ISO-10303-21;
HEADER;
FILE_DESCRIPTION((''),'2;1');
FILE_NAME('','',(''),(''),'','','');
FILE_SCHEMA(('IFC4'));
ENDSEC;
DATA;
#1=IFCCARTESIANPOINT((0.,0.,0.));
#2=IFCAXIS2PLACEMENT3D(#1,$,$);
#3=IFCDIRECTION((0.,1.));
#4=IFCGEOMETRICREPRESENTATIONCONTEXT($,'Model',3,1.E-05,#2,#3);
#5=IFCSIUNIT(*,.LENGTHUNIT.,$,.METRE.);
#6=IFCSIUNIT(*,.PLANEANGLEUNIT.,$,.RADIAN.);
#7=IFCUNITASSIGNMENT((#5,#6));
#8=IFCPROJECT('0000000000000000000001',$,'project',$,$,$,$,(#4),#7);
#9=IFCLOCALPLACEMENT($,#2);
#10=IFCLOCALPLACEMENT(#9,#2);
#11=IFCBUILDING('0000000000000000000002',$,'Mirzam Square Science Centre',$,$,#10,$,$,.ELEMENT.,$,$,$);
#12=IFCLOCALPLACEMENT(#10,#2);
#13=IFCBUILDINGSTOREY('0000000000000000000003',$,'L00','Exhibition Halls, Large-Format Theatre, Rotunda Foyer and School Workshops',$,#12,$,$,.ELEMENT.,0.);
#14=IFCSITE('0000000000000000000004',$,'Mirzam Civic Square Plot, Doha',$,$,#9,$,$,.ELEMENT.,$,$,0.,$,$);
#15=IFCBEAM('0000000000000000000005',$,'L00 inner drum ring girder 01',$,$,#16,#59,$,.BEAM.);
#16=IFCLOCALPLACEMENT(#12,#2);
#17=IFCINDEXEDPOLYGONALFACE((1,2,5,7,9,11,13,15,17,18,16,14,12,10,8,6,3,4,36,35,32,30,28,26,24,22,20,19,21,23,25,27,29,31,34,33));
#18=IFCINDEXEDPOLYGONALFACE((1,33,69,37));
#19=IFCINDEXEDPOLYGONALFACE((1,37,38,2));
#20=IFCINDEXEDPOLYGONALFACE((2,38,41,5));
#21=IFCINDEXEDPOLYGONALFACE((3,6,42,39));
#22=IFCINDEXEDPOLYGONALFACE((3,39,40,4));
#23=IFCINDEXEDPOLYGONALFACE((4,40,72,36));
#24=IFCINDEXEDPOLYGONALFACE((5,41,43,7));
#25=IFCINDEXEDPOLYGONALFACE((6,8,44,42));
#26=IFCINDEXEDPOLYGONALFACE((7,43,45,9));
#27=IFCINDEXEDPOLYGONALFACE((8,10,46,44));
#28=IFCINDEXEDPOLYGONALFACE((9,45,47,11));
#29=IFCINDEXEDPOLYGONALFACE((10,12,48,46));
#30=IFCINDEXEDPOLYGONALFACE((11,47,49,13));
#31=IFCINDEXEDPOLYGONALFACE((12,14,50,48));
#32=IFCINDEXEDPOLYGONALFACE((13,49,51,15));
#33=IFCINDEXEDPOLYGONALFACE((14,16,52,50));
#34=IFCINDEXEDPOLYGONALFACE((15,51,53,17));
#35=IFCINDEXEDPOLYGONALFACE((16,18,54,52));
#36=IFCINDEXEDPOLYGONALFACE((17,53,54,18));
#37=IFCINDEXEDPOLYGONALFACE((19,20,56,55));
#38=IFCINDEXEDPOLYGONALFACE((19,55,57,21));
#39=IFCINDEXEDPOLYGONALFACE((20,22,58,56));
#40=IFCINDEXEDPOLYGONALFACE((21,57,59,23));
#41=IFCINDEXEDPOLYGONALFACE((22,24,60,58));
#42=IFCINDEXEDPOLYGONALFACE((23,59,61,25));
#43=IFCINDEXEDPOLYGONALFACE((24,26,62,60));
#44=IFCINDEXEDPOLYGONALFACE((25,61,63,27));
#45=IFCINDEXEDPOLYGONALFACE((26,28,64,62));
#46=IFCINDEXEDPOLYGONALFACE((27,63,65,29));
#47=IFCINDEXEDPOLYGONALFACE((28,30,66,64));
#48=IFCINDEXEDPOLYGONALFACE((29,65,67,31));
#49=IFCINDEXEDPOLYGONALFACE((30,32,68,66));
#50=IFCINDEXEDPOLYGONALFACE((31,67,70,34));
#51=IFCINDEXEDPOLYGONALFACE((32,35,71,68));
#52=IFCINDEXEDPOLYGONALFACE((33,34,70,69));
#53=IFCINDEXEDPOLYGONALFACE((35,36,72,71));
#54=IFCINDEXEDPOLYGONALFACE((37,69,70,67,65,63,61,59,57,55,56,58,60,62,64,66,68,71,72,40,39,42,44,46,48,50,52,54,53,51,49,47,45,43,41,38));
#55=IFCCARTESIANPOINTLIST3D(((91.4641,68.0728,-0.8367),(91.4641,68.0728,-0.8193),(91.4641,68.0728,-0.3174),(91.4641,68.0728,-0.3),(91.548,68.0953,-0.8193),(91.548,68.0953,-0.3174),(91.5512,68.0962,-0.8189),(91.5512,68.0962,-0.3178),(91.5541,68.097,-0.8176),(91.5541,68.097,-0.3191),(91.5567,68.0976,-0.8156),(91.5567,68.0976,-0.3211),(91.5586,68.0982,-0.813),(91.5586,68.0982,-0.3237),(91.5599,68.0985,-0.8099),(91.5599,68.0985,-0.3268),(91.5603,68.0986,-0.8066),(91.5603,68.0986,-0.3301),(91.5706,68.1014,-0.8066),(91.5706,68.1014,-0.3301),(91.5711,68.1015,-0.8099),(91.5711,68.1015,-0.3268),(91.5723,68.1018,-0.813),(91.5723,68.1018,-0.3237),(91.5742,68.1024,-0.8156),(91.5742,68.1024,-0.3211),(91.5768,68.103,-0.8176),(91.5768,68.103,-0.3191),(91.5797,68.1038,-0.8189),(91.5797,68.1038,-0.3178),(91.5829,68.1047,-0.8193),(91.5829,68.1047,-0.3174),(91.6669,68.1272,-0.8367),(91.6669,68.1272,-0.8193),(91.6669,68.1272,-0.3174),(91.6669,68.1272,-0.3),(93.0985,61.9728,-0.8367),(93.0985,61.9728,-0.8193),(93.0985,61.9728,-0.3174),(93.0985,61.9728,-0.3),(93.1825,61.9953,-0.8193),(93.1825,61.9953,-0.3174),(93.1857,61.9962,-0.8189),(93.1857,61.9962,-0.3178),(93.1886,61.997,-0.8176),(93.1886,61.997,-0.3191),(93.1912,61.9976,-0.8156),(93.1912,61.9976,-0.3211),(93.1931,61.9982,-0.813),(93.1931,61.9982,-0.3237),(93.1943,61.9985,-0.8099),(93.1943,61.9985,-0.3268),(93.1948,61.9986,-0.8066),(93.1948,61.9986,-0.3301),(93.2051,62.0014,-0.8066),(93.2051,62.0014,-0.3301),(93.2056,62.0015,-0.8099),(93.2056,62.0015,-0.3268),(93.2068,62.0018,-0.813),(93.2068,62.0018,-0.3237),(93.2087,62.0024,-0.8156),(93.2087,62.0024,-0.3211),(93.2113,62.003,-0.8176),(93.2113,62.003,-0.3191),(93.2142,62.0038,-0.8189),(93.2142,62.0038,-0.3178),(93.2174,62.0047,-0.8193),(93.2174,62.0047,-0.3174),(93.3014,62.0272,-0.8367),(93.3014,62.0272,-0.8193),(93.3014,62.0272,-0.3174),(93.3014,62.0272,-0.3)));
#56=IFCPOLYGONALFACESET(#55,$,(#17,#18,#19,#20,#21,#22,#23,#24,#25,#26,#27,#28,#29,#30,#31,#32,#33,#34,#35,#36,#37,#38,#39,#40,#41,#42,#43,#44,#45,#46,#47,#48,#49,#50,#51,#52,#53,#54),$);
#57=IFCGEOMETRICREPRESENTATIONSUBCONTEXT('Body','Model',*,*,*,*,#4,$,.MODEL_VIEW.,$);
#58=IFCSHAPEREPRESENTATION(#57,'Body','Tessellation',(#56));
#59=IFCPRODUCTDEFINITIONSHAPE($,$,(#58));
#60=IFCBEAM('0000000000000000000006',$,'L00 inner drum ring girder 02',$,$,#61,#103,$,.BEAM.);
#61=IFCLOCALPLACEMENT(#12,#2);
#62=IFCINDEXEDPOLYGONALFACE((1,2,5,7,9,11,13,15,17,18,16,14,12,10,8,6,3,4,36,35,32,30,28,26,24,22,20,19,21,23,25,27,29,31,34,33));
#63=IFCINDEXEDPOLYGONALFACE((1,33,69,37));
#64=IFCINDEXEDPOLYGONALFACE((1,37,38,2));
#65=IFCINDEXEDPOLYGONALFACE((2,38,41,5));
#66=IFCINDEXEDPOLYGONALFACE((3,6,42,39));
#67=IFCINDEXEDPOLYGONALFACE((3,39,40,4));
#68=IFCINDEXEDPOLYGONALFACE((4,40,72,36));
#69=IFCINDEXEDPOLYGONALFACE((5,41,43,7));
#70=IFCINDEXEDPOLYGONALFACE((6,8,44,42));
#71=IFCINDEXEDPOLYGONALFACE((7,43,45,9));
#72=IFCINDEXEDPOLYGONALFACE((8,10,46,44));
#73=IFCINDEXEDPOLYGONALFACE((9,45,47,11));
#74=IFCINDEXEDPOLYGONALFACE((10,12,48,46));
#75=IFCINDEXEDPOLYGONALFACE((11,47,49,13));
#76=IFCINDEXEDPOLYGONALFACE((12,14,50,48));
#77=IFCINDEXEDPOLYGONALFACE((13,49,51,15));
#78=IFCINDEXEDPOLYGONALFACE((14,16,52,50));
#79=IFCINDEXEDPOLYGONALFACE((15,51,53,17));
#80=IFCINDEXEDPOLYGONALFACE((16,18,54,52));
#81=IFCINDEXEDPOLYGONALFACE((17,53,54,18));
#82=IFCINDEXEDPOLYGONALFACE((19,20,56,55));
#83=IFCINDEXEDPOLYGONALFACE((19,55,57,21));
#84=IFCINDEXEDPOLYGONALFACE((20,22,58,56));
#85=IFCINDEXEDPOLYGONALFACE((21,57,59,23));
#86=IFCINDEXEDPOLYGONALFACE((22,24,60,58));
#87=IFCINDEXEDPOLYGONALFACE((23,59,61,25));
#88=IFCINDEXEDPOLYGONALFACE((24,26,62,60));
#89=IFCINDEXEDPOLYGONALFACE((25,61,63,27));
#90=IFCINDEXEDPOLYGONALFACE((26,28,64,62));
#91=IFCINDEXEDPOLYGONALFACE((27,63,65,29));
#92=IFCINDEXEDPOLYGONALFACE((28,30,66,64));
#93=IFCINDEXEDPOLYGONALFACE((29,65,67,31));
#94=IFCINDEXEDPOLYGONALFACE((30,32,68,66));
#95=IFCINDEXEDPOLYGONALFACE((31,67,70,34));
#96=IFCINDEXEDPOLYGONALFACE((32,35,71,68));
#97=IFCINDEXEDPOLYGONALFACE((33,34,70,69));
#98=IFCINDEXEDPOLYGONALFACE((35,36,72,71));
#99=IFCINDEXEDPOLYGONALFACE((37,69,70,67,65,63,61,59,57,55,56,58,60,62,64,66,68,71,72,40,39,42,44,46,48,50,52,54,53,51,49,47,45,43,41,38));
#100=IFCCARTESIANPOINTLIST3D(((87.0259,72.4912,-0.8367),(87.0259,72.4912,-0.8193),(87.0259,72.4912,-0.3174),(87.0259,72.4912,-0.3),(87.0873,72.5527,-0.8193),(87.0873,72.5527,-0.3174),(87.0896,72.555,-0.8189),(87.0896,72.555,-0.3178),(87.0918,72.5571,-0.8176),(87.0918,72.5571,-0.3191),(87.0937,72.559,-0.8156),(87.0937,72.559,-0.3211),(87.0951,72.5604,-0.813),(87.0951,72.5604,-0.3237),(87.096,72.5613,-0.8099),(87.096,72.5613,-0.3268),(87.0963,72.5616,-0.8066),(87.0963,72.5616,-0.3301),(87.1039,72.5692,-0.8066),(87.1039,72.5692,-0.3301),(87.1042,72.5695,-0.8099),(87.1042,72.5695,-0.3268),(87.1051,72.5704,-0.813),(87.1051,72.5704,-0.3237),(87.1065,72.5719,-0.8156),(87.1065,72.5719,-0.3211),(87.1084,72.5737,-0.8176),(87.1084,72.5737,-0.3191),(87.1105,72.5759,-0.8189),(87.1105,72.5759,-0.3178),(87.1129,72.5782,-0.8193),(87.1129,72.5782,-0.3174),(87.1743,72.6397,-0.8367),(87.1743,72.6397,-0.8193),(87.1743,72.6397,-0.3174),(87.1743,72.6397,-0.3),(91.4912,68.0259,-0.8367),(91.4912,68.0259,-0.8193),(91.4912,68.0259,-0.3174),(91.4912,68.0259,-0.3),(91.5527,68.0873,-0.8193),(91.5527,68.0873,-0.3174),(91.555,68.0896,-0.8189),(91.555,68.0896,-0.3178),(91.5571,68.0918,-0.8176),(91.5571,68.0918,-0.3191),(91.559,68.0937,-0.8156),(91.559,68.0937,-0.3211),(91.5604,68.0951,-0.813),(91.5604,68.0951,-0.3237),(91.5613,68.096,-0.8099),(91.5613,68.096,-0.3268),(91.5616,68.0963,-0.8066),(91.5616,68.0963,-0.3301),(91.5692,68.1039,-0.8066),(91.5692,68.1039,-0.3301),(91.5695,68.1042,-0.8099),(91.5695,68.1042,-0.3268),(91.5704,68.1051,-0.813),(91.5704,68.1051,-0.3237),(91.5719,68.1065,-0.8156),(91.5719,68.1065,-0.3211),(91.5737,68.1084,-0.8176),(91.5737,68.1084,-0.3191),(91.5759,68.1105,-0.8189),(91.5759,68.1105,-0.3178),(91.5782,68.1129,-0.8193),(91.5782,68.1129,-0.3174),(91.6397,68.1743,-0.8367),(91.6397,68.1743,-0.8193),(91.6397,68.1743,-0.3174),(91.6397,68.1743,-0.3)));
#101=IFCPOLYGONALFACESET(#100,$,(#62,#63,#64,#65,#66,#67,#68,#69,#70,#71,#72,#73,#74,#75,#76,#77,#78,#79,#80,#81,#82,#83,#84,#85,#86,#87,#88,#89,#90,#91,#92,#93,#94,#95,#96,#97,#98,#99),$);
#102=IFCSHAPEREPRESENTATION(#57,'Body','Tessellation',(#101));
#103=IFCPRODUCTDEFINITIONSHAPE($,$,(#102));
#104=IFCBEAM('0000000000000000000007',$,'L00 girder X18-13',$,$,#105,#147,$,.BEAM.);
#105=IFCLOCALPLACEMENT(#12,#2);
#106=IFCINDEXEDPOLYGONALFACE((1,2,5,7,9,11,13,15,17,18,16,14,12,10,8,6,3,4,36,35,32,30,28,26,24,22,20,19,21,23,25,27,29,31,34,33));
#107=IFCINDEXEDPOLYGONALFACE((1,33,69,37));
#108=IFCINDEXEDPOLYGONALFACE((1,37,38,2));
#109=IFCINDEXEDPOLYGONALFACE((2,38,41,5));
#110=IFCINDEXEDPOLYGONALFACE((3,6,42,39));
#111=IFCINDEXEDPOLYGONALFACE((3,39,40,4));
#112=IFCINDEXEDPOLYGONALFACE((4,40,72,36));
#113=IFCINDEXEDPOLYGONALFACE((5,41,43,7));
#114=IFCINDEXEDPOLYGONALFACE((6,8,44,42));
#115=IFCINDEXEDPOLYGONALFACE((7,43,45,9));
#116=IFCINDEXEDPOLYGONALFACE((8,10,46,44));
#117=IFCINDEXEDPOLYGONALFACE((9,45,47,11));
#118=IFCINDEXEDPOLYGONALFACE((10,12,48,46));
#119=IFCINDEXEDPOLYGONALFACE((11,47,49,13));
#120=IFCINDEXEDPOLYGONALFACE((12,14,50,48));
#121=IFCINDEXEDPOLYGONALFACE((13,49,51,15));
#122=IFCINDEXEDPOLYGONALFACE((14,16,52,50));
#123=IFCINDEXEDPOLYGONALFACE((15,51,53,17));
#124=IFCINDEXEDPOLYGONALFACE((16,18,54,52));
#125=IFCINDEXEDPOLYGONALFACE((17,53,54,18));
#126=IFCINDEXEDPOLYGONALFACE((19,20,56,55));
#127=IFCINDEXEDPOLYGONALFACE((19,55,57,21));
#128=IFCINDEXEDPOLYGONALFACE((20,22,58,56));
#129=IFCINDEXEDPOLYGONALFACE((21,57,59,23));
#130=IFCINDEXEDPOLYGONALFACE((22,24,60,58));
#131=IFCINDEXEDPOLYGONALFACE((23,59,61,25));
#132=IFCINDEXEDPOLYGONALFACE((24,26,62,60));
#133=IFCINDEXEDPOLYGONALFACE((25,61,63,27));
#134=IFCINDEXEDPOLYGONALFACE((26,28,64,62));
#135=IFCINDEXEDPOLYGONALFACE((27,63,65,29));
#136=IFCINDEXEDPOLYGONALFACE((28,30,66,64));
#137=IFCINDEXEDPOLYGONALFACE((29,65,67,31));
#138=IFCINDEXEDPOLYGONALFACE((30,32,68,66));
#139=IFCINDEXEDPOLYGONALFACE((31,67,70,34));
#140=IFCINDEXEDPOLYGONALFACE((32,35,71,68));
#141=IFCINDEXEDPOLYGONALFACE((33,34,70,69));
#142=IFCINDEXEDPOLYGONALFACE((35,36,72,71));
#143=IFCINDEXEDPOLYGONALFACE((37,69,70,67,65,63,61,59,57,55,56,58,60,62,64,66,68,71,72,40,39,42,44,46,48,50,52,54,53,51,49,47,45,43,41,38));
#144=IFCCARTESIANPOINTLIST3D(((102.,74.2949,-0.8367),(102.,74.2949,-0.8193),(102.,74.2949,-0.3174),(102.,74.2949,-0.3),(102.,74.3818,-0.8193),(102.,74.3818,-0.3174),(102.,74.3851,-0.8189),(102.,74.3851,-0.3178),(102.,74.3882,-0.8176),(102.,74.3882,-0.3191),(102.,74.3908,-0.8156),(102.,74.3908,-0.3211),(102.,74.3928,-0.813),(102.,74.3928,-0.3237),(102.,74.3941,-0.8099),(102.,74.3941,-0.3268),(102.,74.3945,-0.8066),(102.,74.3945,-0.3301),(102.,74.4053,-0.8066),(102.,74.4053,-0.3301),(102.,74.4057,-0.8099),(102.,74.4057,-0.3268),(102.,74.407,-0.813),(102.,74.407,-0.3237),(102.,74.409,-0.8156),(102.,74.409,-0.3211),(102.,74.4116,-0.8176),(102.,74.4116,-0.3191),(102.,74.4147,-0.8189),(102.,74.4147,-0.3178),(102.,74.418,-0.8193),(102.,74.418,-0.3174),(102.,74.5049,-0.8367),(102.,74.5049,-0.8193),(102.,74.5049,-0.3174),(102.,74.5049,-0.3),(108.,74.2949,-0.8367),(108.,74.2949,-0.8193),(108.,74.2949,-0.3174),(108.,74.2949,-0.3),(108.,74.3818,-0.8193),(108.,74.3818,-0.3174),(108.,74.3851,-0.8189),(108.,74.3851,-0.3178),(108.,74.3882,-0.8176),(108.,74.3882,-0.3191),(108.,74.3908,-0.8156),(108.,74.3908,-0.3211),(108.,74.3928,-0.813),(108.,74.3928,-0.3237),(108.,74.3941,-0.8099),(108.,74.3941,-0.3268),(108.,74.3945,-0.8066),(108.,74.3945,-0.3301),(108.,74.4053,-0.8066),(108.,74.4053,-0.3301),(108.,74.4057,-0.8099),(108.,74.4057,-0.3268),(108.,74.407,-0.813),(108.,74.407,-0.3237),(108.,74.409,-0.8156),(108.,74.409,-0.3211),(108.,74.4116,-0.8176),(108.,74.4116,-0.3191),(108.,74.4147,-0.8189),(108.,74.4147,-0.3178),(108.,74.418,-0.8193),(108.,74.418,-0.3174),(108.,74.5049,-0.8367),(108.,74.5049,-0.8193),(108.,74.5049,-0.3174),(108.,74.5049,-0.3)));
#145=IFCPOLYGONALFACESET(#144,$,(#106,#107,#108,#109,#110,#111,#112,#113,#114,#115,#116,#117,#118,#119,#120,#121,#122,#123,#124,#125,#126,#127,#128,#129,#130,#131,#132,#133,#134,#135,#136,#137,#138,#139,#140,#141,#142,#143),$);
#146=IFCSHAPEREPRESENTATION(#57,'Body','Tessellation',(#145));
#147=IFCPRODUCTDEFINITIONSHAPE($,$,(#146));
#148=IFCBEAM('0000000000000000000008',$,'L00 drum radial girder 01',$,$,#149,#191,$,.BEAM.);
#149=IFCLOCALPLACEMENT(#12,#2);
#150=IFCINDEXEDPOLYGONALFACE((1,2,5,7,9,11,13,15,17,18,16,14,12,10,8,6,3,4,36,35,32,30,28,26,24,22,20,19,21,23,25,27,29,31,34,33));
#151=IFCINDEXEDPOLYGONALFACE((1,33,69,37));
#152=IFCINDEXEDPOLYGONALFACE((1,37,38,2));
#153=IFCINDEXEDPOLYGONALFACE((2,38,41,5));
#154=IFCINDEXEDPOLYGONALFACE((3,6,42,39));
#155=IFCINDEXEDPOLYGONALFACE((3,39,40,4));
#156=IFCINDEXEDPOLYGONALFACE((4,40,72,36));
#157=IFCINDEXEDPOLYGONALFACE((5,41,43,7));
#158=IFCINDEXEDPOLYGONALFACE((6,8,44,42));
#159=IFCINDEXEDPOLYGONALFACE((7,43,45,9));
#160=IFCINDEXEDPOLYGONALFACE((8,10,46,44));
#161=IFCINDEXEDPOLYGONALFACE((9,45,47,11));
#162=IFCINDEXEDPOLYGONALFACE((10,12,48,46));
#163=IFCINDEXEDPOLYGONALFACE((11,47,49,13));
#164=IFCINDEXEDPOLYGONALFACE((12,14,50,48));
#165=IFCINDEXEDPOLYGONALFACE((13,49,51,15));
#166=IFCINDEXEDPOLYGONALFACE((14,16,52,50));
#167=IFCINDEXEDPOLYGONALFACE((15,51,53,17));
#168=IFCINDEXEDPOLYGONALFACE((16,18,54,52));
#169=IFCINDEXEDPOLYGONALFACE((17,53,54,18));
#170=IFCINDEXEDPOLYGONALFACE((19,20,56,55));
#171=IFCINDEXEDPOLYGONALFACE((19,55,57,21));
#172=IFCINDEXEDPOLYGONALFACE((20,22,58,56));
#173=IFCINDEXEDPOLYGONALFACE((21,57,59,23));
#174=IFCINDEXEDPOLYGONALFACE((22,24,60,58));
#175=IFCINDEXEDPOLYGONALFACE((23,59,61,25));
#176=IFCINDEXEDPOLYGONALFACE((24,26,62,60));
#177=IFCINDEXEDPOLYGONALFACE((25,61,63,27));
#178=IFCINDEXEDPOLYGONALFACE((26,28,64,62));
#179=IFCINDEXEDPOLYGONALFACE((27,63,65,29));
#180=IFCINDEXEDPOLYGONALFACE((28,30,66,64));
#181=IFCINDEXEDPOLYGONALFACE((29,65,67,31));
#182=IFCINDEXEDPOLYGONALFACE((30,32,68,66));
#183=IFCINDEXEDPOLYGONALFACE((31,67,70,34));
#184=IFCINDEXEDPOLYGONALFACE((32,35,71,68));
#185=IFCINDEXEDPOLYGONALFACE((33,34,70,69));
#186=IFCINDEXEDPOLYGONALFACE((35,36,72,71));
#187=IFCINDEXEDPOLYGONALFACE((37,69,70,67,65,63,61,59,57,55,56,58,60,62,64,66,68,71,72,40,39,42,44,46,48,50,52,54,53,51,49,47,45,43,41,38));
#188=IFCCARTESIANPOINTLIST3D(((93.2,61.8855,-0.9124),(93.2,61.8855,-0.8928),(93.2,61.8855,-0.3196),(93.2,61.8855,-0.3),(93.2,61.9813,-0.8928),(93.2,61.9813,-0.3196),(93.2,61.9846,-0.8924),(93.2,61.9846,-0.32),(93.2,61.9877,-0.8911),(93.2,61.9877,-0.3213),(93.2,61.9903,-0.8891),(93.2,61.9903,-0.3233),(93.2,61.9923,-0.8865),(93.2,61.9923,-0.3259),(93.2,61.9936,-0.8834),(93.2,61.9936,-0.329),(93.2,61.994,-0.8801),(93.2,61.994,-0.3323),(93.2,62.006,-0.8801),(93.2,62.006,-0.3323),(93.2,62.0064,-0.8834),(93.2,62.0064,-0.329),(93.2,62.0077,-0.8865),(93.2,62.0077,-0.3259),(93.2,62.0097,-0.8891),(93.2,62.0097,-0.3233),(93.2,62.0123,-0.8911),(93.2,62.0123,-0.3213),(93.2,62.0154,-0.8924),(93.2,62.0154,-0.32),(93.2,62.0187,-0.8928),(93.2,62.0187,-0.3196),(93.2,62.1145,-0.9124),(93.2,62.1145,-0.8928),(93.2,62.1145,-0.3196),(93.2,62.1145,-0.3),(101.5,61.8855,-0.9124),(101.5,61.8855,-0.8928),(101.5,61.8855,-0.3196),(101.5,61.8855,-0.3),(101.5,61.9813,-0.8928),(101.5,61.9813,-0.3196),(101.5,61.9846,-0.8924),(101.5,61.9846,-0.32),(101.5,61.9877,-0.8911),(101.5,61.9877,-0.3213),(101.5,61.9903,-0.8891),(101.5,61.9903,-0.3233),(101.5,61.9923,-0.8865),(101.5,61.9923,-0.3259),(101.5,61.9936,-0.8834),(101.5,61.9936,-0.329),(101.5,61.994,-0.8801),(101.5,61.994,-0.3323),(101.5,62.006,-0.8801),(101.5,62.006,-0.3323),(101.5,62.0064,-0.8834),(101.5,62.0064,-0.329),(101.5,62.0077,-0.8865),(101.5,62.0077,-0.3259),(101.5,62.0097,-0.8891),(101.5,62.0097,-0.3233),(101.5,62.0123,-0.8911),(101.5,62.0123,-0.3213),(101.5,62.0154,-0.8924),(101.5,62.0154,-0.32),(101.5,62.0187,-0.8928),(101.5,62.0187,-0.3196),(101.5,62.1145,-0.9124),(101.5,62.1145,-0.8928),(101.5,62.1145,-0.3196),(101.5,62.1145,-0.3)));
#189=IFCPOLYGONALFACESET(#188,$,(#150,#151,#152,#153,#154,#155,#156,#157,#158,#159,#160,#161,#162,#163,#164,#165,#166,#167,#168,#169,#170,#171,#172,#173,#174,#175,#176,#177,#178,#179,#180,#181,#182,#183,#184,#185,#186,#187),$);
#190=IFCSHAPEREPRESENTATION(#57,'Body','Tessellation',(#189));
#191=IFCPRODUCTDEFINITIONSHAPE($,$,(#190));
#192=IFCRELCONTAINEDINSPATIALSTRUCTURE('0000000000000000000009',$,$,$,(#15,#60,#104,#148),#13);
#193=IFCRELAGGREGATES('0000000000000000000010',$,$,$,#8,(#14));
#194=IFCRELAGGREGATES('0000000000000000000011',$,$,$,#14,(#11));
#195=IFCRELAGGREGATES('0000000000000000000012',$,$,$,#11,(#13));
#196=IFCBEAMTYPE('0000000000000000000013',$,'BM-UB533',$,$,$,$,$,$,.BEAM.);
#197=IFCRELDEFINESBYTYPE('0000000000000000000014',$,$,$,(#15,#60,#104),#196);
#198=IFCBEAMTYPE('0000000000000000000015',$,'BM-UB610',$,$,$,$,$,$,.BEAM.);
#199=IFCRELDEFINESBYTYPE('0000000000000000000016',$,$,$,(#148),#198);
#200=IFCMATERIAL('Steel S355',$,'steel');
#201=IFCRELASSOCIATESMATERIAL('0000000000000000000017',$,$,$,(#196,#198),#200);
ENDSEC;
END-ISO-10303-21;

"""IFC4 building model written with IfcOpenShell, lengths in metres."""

from ifc_helpers import new_model, si_unit, direction, frame, origin, origin_2d, place, context, subcontext, project, spatial, i_section, extrude, material, material_profile, profile_set, type_object, element, save


model = new_model("IFC4")

# Units and contexts
model_context = context("Model", 3, precision=1e-05, world=origin(), true_north=direction((0.0, 1.0)))
body_context = subcontext(model_context, "Body", "Model", "MODEL_VIEW")
ifc_project = project(units=[si_unit("LENGTHUNIT", "METRE"), si_unit("PLANEANGLEUNIT", "RADIAN")], contexts=[model_context])

# Site, building, storey
site_placement = place(None, origin())
site = spatial("IfcSite", under=ifc_project, at=site_placement, Name="Mirzam Civic Square Plot, Doha", CompositionType="ELEMENT", RefElevation=0.0)
building_placement = place(site_placement, origin())
building = spatial("IfcBuilding", under=site, at=building_placement, Name="Mirzam Square Science Centre", CompositionType="ELEMENT")
storey_placement = place(building_placement, origin())
storey = spatial("IfcBuildingStorey", under=building, at=storey_placement, Name="L00", Description="Exhibition Halls, Large-Format Theatre, Rotunda Foyer and School Workshops", CompositionType="ELEMENT", Elevation=0.0)

# Shared definitions
ifc_material_1 = material(Name="Steel S355", Category="steel")

# Beams
ifc_material_profile_1 = material_profile(ifc_material_1, i_section(OverallWidth=0.21, OverallDepth=0.5366, WebThickness=0.0107, FlangeThickness=0.0173, FilletRadius=0.0127, at=origin_2d()), Name="533x210x101UB")
ifc_profile_set_1 = profile_set([ifc_material_profile_1], Name="Steel S355")
beam_type_1 = type_object("IfcBeamType", Name="BM-UB533", PredefinedType="BEAM", material=ifc_profile_set_1)
beam_1_placement = place(storey_placement, frame((93.2, 62.0, -0.5684), z_axis=(-0.25882, 0.965926, 0.0), x_axis=(-0.965926, -0.25882, 0.0)))
element("IfcBeam", 1, at=beam_1_placement, inside=storey, type_object=beam_type_1, Name="L00 inner drum ring girder 01", PredefinedType="BEAM", context=body_context, shape_type="SweptSolid", body=[
    extrude(i_section(OverallWidth=0.21, OverallDepth=0.5366, WebThickness=0.0107, FlangeThickness=0.0173, FilletRadius=0.0127, at=origin_2d()), origin(), (0.0, 0.0, 1.0), 6.3152),
])
beam_2_placement = place(storey_placement, frame((91.5654, 68.1001, -0.5684), z_axis=(-0.707107, 0.707107, 0.0), x_axis=(-0.707107, -0.707107, 0.0)))
element("IfcBeam", 2, at=beam_2_placement, inside=storey, type_object=beam_type_1, Name="L00 inner drum ring girder 02", PredefinedType="BEAM", context=body_context, shape_type="SweptSolid", body=[
    extrude(i_section(OverallWidth=0.21, OverallDepth=0.5366, WebThickness=0.0107, FlangeThickness=0.0173, FilletRadius=0.0127, at=origin_2d()), origin(), (0.0, 0.0, 1.0), 6.3149),
])
beam_3_placement = place(storey_placement, frame((102.0, 74.3999, -0.5684), z_axis=(1.0, 0.0, 0.0), x_axis=(0.0, 1.0, 0.0)))
element("IfcBeam", 3, at=beam_3_placement, inside=storey, type_object=beam_type_1, Name="L00 girder X18-13", PredefinedType="BEAM", context=body_context, shape_type="SweptSolid", body=[
    extrude(i_section(OverallWidth=0.21, OverallDepth=0.5366, WebThickness=0.0107, FlangeThickness=0.0173, FilletRadius=0.0127, at=origin_2d()), origin(), (0.0, 0.0, 1.0), 6.0),
])
ifc_material_profile_2 = material_profile(ifc_material_1, i_section(OverallWidth=0.229, OverallDepth=0.6123, WebThickness=0.012, FlangeThickness=0.0195, FilletRadius=0.0127, at=origin_2d()), Name="610x229x125UB")
ifc_profile_set_2 = profile_set([ifc_material_profile_2], Name="Steel S355")
beam_type_2 = type_object("IfcBeamType", Name="BM-UB610", PredefinedType="BEAM", material=ifc_profile_set_2)
for number, where, z_axis, x_axis, name in (
    (4, (93.2, 62.0, -0.6062), (1.0, 0.0, 0.0), (0.0, 1.0, 0.0), "L00 drum radial girder 01"),
):
    element("IfcBeam", number, at=place(storey_placement, frame(where, z_axis=z_axis, x_axis=x_axis)), inside=storey, type_object=beam_type_2, Name=name, PredefinedType="BEAM", context=body_context, shape_type="SweptSolid", body=[
        extrude(i_section(OverallWidth=0.229, OverallDepth=0.6123, WebThickness=0.012, FlangeThickness=0.0195, FilletRadius=0.0127, at=origin_2d()), origin(), (0.0, 0.0, 1.0), 8.3),
    ])

save(model, "model.ifc")
